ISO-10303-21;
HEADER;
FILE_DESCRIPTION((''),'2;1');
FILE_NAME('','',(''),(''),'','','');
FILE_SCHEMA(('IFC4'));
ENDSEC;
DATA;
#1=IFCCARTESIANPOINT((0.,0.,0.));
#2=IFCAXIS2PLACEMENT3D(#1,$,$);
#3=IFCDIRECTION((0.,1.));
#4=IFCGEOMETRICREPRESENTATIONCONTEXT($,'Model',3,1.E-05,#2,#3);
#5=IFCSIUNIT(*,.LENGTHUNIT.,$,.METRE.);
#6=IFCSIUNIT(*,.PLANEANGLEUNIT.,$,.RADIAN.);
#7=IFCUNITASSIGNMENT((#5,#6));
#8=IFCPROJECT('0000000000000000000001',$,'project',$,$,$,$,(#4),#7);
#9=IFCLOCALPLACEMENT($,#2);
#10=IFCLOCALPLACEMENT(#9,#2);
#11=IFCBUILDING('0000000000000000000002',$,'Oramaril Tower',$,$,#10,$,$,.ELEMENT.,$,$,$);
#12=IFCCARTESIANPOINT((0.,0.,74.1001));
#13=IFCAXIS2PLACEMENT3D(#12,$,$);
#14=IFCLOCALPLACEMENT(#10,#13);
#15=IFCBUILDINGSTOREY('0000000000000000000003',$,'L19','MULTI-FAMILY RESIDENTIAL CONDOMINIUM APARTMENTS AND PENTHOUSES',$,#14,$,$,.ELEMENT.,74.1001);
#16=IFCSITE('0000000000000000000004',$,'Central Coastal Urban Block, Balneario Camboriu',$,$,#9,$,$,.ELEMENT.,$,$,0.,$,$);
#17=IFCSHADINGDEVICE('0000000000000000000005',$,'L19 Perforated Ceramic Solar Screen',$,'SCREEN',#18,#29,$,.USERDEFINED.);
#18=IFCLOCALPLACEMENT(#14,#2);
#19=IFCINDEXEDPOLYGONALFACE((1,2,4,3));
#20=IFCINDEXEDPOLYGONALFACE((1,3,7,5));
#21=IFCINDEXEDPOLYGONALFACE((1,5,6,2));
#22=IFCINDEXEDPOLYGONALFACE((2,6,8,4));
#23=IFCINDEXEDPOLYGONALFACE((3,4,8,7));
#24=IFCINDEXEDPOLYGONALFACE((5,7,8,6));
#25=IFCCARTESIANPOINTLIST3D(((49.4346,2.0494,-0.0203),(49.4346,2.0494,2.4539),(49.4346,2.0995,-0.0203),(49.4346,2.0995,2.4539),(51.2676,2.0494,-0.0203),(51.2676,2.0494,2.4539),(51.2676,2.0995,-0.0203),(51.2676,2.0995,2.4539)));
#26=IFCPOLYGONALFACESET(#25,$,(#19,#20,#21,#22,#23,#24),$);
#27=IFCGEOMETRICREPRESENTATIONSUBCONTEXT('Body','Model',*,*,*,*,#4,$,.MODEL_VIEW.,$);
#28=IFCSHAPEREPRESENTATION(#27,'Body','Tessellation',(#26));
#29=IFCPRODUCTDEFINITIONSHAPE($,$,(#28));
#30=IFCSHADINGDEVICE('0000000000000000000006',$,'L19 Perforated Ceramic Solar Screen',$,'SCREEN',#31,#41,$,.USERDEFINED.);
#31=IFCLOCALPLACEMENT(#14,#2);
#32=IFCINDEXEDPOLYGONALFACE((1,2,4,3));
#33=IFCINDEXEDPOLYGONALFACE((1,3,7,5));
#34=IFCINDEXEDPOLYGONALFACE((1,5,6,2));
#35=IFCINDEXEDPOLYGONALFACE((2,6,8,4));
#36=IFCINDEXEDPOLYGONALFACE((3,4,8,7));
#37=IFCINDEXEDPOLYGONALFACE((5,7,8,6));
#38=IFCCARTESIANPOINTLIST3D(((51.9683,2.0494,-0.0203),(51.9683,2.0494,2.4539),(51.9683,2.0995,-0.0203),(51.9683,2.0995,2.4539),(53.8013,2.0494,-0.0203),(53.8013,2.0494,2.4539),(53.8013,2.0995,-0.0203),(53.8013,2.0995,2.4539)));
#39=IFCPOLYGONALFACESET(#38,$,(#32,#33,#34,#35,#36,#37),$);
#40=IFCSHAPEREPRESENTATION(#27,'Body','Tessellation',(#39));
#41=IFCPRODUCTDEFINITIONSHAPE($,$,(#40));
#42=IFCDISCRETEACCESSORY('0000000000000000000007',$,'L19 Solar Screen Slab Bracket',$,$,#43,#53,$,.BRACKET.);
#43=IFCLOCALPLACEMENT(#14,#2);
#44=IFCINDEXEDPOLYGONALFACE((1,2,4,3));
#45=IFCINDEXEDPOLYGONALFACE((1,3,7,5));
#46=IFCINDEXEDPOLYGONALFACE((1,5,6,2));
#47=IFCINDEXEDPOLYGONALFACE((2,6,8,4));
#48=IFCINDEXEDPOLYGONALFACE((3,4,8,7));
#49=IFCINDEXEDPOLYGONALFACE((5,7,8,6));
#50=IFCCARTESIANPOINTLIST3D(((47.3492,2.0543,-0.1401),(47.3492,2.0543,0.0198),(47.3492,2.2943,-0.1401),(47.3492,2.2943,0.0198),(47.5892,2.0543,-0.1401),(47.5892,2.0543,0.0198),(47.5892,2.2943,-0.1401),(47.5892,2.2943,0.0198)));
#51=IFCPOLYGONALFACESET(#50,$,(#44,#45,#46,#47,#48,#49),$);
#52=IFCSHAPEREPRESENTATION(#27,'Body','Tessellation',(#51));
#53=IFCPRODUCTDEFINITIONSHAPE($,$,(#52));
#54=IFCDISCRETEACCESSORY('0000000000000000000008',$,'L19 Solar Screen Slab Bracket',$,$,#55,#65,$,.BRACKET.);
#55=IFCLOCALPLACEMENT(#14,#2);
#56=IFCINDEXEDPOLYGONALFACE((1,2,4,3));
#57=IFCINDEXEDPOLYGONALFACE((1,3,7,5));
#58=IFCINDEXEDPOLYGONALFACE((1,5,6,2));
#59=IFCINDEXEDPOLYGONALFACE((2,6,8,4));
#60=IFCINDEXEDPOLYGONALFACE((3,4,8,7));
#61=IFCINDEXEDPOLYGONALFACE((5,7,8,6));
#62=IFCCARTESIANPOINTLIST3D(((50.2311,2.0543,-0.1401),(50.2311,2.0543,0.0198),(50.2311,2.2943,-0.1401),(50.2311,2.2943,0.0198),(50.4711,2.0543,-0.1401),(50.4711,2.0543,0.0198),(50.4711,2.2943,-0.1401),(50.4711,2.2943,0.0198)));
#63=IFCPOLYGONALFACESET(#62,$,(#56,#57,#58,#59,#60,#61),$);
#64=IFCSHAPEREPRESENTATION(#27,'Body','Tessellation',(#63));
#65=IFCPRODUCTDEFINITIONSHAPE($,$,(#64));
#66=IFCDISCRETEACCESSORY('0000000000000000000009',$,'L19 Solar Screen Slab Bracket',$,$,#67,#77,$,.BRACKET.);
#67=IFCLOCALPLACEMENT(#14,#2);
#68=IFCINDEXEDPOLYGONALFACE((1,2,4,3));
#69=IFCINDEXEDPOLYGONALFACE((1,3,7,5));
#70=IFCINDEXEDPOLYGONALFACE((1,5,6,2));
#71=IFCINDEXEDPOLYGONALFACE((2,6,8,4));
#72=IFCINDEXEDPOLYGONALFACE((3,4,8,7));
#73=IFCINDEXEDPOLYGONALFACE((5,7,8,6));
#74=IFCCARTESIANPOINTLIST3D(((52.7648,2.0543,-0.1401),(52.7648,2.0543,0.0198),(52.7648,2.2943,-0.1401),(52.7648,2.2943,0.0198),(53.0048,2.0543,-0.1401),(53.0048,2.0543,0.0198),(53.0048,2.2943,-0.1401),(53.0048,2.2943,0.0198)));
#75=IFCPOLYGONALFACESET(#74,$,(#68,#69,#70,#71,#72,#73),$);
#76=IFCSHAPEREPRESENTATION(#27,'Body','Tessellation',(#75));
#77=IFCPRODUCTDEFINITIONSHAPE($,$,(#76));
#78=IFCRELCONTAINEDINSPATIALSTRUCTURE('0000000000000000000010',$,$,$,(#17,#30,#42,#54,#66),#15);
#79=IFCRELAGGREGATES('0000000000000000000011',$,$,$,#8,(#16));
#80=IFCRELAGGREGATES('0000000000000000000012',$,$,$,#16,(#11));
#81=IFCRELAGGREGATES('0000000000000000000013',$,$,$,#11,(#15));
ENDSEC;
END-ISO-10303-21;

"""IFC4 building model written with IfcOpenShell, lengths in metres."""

from ifc_helpers import new_model, si_unit, direction, frame, origin, origin_2d, place, context, subcontext, project, spatial, rectangle, extrude, element, save


model = new_model("IFC4")

# Units and contexts
model_context = context("Model", 3, precision=1e-05, world=origin(), true_north=direction((0.0, 1.0)))
body_context = subcontext(model_context, "Body", "Model", "MODEL_VIEW")
ifc_project = project(units=[si_unit("LENGTHUNIT", "METRE"), si_unit("PLANEANGLEUNIT", "RADIAN")], contexts=[model_context])

# Site, building, storey
site_placement = place(None, origin())
site = spatial("IfcSite", under=ifc_project, at=site_placement, Name="Central Coastal Urban Block, Balneario Camboriu", CompositionType="ELEMENT", RefElevation=0.0)
building_placement = place(site_placement, origin())
building = spatial("IfcBuilding", under=site, at=building_placement, Name="Oramaril Tower", CompositionType="ELEMENT")
storey_placement = place(building_placement, frame((0.0, 0.0, 74.1001)))
storey = spatial("IfcBuildingStorey", under=building, at=storey_placement, Name="L19", Description="MULTI-FAMILY RESIDENTIAL CONDOMINIUM APARTMENTS AND PENTHOUSES", CompositionType="ELEMENT", Elevation=74.1001)

# Shading devices
for number, where, z_axis, x_axis, name in (
    (1, (50.3511, 2.0745, -0.0203), (0.0, 0.0, 1.0), (1.0, 0.0, 0.0), "L19 Perforated Ceramic Solar Screen"),
    (2, (52.8848, 2.0745, -0.0203), (0.0, 0.0, 1.0), (1.0, 0.0, 0.0), "L19 Perforated Ceramic Solar Screen"),
):
    element("IfcShadingDevice", number, at=place(storey_placement, frame(where, z_axis=z_axis, x_axis=x_axis)), inside=storey, Name=name, ObjectType="SCREEN", PredefinedType="USERDEFINED", context=body_context, shape_type="SweptSolid", body=[
        extrude(rectangle(XDim=1.833, YDim=0.05, at=origin_2d()), origin(), (0.0, 0.0, 1.0), 2.4741),
    ])

# Discrete accessories
for number, where, z_axis, x_axis, name in (
    (3, (47.4692, 2.1743, -0.1401), (0.0, 0.0, 1.0), (1.0, 0.0, 0.0), "L19 Solar Screen Slab Bracket"),
    (4, (50.3511, 2.1743, -0.1401), (0.0, 0.0, 1.0), (1.0, 0.0, 0.0), "L19 Solar Screen Slab Bracket"),
    (5, (52.8848, 2.1743, -0.1401), (0.0, 0.0, 1.0), (1.0, 0.0, 0.0), "L19 Solar Screen Slab Bracket"),
):
    element("IfcDiscreteAccessory", number, at=place(storey_placement, frame(where, z_axis=z_axis, x_axis=x_axis)), inside=storey, Name=name, PredefinedType="BRACKET", context=body_context, shape_type="SweptSolid", body=[
        extrude(rectangle(XDim=0.24, YDim=0.24, at=origin_2d()), origin(), (0.0, 0.0, 1.0), 0.1599),
    ])

save(model, "model.ifc")
